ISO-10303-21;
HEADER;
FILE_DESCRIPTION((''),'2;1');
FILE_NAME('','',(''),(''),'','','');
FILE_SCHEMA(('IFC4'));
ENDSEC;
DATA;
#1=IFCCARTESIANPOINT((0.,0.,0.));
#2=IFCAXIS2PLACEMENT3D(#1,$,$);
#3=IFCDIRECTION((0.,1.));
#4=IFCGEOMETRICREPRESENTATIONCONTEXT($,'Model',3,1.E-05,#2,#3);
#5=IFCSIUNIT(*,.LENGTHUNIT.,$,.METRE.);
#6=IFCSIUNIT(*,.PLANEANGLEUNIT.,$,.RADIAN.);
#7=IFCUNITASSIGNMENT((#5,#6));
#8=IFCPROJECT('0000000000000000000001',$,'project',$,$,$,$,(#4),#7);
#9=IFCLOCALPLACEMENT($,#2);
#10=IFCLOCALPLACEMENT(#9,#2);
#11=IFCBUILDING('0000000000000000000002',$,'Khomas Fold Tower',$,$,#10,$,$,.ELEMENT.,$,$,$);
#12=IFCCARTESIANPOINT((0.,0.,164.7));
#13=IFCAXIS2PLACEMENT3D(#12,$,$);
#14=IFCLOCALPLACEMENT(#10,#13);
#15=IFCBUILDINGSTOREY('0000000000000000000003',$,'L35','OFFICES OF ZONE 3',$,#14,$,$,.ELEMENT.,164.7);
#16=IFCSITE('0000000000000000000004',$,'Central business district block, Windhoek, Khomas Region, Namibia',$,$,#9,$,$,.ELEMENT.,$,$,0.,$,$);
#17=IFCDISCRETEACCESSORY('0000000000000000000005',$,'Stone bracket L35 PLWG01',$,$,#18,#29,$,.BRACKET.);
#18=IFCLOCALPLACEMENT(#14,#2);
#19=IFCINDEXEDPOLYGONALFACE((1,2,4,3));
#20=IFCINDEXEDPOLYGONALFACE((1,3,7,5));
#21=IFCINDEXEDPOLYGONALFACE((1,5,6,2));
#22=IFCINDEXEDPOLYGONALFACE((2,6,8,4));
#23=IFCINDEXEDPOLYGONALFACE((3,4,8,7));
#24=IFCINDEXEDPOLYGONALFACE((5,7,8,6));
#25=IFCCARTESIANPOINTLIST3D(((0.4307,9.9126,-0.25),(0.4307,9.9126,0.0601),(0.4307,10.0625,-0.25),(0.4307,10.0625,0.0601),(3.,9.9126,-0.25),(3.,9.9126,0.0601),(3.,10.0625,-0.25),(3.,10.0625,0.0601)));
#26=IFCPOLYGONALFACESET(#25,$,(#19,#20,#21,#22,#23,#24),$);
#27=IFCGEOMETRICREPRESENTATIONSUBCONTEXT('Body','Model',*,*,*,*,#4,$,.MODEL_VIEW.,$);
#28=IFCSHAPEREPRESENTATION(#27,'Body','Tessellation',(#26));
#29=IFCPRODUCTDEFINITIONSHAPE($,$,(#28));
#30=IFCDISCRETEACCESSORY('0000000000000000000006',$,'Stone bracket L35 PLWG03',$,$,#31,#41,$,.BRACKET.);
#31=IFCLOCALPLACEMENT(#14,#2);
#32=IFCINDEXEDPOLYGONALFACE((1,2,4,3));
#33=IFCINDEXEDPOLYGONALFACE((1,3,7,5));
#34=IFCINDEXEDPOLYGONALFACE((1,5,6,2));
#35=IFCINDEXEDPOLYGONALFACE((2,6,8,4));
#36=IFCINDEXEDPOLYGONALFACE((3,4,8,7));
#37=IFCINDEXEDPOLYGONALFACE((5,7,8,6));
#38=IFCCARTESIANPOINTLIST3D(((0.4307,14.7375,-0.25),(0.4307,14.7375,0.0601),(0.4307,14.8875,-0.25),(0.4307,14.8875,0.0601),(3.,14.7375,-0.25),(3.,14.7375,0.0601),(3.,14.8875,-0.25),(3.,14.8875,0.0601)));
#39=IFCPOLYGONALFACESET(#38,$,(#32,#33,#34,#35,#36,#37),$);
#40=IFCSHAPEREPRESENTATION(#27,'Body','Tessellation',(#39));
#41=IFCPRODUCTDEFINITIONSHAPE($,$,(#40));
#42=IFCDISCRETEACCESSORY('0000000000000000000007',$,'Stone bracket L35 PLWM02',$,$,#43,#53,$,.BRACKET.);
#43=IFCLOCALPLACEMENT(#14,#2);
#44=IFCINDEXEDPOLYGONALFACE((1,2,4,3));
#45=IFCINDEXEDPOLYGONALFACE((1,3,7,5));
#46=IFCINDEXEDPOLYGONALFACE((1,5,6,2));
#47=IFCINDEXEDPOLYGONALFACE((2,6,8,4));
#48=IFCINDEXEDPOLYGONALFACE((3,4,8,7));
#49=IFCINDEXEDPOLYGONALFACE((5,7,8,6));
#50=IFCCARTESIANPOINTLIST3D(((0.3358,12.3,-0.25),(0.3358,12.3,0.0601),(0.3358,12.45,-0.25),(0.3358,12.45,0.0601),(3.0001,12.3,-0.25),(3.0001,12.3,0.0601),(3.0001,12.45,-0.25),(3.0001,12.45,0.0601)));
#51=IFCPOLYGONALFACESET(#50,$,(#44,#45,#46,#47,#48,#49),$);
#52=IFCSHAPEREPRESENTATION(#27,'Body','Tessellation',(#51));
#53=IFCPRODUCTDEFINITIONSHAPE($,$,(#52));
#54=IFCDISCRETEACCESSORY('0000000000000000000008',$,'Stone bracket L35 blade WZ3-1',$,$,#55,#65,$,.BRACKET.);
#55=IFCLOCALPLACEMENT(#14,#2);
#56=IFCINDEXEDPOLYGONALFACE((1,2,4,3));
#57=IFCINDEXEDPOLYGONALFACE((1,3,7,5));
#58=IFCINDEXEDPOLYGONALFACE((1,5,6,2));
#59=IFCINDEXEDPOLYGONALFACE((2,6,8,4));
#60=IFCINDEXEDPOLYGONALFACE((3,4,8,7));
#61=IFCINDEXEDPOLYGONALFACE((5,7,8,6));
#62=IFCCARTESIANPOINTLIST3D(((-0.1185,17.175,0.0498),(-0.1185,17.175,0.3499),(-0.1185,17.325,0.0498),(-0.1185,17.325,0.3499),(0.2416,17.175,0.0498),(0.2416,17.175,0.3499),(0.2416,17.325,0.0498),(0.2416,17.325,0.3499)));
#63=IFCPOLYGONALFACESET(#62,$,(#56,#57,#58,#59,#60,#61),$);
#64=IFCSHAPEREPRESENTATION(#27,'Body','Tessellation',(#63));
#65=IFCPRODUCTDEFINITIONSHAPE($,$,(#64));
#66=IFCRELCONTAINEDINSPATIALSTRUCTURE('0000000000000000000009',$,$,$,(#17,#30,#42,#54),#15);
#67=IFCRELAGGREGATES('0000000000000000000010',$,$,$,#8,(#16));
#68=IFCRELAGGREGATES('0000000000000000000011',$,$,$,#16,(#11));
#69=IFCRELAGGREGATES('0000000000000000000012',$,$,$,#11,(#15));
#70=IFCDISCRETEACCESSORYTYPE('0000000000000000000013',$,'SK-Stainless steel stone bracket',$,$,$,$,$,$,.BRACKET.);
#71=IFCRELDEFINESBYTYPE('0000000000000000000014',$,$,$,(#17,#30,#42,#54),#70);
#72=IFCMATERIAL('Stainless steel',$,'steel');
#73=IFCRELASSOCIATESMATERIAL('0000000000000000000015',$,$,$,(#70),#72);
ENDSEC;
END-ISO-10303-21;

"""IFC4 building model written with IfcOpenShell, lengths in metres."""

from ifc_helpers import new_model, si_unit, direction, frame, origin, origin_2d, place, context, subcontext, project, spatial, rectangle, extrude, source, transform, mapped, material, type_object, element, save


model = new_model("IFC4")

# Units and contexts
model_context = context("Model", 3, precision=1e-05, world=origin(), true_north=direction((0.0, 1.0)))
body_context = subcontext(model_context, "Body", "Model", "MODEL_VIEW")
ifc_project = project(units=[si_unit("LENGTHUNIT", "METRE"), si_unit("PLANEANGLEUNIT", "RADIAN")], contexts=[model_context])

# Site, building, storey
site_placement = place(None, origin())
site = spatial("IfcSite", under=ifc_project, at=site_placement, Name="Central business district block, Windhoek, Khomas Region, Namibia", CompositionType="ELEMENT", RefElevation=0.0)
building_placement = place(site_placement, origin())
building = spatial("IfcBuilding", under=site, at=building_placement, Name="Khomas Fold Tower", CompositionType="ELEMENT")
storey_placement = place(building_placement, frame((0.0, 0.0, 164.7)))
storey = spatial("IfcBuildingStorey", under=building, at=storey_placement, Name="L35", Description="OFFICES OF ZONE 3", CompositionType="ELEMENT", Elevation=164.7)

# Discrete accessories
ifc_material_1 = material(Name="Stainless steel", Category="steel")
discrete_accessory_type = type_object("IfcDiscreteAccessoryType", Name="SK-Stainless steel stone bracket", PredefinedType="BRACKET", material=ifc_material_1)
shared_shape_1 = source(origin(), body_context, "Body", "SweptSolid", [
    extrude(rectangle(XDim=2.5693, YDim=0.1499, at=origin_2d()), origin(), (0.0, 0.0, 1.0), 0.3101),
])
for number, where, z_axis, x_axis, name in (
    (1, (1.7153, 9.9875, -0.25), (0.0, 0.0, 1.0), (-1.0, 0.0, 0.0), "Stone bracket L35 PLWG01"),
    (2, (1.7153, 14.8125, -0.25), (0.0, 0.0, 1.0), (-1.0, 0.0, 0.0), "Stone bracket L35 PLWG03"),
):
    element("IfcDiscreteAccessory", number, at=place(storey_placement, frame(where, z_axis=z_axis, x_axis=x_axis)), inside=storey, type_object=discrete_accessory_type, Name=name, PredefinedType="BRACKET", context=body_context, shape_type="MappedRepresentation", body=[
        mapped(shared_shape_1, transform((0.0, 0.0, 0.0))),
    ])
shared_shape_2 = source(origin(), body_context, "Body", "SweptSolid", [
    extrude(rectangle(XDim=2.6643, YDim=0.1499, at=origin_2d()), origin(), (0.0, 0.0, 1.0), 0.3101),
])
discrete_accessory_1_placement = place(storey_placement, frame((1.668, 12.375, -0.25), z_axis=(0.0, 0.0, 1.0), x_axis=(-1.0, 0.0, 0.0)))
element("IfcDiscreteAccessory", 3, at=discrete_accessory_1_placement, inside=storey, type_object=discrete_accessory_type, Name="Stone bracket L35 PLWM02", PredefinedType="BRACKET", context=body_context, shape_type="MappedRepresentation", body=[
    mapped(shared_shape_2, transform((0.0, 0.0, 0.0))),
])
shared_shape_3 = source(origin(), body_context, "Body", "SweptSolid", [
    extrude(rectangle(XDim=0.3601, YDim=0.1499, at=origin_2d()), origin(), (0.0, 0.0, 1.0), 0.3),
])
discrete_accessory_2_placement = place(storey_placement, frame((0.0615, 17.25, 0.0498), z_axis=(0.0, 0.0, 1.0), x_axis=(-1.0, 0.0, 0.0)))
element("IfcDiscreteAccessory", 4, at=discrete_accessory_2_placement, inside=storey, type_object=discrete_accessory_type, Name="Stone bracket L35 blade WZ3-1", PredefinedType="BRACKET", context=body_context, shape_type="MappedRepresentation", body=[
    mapped(shared_shape_3, transform((0.0, 0.0, 0.0))),
])

save(model, "model.ifc")
